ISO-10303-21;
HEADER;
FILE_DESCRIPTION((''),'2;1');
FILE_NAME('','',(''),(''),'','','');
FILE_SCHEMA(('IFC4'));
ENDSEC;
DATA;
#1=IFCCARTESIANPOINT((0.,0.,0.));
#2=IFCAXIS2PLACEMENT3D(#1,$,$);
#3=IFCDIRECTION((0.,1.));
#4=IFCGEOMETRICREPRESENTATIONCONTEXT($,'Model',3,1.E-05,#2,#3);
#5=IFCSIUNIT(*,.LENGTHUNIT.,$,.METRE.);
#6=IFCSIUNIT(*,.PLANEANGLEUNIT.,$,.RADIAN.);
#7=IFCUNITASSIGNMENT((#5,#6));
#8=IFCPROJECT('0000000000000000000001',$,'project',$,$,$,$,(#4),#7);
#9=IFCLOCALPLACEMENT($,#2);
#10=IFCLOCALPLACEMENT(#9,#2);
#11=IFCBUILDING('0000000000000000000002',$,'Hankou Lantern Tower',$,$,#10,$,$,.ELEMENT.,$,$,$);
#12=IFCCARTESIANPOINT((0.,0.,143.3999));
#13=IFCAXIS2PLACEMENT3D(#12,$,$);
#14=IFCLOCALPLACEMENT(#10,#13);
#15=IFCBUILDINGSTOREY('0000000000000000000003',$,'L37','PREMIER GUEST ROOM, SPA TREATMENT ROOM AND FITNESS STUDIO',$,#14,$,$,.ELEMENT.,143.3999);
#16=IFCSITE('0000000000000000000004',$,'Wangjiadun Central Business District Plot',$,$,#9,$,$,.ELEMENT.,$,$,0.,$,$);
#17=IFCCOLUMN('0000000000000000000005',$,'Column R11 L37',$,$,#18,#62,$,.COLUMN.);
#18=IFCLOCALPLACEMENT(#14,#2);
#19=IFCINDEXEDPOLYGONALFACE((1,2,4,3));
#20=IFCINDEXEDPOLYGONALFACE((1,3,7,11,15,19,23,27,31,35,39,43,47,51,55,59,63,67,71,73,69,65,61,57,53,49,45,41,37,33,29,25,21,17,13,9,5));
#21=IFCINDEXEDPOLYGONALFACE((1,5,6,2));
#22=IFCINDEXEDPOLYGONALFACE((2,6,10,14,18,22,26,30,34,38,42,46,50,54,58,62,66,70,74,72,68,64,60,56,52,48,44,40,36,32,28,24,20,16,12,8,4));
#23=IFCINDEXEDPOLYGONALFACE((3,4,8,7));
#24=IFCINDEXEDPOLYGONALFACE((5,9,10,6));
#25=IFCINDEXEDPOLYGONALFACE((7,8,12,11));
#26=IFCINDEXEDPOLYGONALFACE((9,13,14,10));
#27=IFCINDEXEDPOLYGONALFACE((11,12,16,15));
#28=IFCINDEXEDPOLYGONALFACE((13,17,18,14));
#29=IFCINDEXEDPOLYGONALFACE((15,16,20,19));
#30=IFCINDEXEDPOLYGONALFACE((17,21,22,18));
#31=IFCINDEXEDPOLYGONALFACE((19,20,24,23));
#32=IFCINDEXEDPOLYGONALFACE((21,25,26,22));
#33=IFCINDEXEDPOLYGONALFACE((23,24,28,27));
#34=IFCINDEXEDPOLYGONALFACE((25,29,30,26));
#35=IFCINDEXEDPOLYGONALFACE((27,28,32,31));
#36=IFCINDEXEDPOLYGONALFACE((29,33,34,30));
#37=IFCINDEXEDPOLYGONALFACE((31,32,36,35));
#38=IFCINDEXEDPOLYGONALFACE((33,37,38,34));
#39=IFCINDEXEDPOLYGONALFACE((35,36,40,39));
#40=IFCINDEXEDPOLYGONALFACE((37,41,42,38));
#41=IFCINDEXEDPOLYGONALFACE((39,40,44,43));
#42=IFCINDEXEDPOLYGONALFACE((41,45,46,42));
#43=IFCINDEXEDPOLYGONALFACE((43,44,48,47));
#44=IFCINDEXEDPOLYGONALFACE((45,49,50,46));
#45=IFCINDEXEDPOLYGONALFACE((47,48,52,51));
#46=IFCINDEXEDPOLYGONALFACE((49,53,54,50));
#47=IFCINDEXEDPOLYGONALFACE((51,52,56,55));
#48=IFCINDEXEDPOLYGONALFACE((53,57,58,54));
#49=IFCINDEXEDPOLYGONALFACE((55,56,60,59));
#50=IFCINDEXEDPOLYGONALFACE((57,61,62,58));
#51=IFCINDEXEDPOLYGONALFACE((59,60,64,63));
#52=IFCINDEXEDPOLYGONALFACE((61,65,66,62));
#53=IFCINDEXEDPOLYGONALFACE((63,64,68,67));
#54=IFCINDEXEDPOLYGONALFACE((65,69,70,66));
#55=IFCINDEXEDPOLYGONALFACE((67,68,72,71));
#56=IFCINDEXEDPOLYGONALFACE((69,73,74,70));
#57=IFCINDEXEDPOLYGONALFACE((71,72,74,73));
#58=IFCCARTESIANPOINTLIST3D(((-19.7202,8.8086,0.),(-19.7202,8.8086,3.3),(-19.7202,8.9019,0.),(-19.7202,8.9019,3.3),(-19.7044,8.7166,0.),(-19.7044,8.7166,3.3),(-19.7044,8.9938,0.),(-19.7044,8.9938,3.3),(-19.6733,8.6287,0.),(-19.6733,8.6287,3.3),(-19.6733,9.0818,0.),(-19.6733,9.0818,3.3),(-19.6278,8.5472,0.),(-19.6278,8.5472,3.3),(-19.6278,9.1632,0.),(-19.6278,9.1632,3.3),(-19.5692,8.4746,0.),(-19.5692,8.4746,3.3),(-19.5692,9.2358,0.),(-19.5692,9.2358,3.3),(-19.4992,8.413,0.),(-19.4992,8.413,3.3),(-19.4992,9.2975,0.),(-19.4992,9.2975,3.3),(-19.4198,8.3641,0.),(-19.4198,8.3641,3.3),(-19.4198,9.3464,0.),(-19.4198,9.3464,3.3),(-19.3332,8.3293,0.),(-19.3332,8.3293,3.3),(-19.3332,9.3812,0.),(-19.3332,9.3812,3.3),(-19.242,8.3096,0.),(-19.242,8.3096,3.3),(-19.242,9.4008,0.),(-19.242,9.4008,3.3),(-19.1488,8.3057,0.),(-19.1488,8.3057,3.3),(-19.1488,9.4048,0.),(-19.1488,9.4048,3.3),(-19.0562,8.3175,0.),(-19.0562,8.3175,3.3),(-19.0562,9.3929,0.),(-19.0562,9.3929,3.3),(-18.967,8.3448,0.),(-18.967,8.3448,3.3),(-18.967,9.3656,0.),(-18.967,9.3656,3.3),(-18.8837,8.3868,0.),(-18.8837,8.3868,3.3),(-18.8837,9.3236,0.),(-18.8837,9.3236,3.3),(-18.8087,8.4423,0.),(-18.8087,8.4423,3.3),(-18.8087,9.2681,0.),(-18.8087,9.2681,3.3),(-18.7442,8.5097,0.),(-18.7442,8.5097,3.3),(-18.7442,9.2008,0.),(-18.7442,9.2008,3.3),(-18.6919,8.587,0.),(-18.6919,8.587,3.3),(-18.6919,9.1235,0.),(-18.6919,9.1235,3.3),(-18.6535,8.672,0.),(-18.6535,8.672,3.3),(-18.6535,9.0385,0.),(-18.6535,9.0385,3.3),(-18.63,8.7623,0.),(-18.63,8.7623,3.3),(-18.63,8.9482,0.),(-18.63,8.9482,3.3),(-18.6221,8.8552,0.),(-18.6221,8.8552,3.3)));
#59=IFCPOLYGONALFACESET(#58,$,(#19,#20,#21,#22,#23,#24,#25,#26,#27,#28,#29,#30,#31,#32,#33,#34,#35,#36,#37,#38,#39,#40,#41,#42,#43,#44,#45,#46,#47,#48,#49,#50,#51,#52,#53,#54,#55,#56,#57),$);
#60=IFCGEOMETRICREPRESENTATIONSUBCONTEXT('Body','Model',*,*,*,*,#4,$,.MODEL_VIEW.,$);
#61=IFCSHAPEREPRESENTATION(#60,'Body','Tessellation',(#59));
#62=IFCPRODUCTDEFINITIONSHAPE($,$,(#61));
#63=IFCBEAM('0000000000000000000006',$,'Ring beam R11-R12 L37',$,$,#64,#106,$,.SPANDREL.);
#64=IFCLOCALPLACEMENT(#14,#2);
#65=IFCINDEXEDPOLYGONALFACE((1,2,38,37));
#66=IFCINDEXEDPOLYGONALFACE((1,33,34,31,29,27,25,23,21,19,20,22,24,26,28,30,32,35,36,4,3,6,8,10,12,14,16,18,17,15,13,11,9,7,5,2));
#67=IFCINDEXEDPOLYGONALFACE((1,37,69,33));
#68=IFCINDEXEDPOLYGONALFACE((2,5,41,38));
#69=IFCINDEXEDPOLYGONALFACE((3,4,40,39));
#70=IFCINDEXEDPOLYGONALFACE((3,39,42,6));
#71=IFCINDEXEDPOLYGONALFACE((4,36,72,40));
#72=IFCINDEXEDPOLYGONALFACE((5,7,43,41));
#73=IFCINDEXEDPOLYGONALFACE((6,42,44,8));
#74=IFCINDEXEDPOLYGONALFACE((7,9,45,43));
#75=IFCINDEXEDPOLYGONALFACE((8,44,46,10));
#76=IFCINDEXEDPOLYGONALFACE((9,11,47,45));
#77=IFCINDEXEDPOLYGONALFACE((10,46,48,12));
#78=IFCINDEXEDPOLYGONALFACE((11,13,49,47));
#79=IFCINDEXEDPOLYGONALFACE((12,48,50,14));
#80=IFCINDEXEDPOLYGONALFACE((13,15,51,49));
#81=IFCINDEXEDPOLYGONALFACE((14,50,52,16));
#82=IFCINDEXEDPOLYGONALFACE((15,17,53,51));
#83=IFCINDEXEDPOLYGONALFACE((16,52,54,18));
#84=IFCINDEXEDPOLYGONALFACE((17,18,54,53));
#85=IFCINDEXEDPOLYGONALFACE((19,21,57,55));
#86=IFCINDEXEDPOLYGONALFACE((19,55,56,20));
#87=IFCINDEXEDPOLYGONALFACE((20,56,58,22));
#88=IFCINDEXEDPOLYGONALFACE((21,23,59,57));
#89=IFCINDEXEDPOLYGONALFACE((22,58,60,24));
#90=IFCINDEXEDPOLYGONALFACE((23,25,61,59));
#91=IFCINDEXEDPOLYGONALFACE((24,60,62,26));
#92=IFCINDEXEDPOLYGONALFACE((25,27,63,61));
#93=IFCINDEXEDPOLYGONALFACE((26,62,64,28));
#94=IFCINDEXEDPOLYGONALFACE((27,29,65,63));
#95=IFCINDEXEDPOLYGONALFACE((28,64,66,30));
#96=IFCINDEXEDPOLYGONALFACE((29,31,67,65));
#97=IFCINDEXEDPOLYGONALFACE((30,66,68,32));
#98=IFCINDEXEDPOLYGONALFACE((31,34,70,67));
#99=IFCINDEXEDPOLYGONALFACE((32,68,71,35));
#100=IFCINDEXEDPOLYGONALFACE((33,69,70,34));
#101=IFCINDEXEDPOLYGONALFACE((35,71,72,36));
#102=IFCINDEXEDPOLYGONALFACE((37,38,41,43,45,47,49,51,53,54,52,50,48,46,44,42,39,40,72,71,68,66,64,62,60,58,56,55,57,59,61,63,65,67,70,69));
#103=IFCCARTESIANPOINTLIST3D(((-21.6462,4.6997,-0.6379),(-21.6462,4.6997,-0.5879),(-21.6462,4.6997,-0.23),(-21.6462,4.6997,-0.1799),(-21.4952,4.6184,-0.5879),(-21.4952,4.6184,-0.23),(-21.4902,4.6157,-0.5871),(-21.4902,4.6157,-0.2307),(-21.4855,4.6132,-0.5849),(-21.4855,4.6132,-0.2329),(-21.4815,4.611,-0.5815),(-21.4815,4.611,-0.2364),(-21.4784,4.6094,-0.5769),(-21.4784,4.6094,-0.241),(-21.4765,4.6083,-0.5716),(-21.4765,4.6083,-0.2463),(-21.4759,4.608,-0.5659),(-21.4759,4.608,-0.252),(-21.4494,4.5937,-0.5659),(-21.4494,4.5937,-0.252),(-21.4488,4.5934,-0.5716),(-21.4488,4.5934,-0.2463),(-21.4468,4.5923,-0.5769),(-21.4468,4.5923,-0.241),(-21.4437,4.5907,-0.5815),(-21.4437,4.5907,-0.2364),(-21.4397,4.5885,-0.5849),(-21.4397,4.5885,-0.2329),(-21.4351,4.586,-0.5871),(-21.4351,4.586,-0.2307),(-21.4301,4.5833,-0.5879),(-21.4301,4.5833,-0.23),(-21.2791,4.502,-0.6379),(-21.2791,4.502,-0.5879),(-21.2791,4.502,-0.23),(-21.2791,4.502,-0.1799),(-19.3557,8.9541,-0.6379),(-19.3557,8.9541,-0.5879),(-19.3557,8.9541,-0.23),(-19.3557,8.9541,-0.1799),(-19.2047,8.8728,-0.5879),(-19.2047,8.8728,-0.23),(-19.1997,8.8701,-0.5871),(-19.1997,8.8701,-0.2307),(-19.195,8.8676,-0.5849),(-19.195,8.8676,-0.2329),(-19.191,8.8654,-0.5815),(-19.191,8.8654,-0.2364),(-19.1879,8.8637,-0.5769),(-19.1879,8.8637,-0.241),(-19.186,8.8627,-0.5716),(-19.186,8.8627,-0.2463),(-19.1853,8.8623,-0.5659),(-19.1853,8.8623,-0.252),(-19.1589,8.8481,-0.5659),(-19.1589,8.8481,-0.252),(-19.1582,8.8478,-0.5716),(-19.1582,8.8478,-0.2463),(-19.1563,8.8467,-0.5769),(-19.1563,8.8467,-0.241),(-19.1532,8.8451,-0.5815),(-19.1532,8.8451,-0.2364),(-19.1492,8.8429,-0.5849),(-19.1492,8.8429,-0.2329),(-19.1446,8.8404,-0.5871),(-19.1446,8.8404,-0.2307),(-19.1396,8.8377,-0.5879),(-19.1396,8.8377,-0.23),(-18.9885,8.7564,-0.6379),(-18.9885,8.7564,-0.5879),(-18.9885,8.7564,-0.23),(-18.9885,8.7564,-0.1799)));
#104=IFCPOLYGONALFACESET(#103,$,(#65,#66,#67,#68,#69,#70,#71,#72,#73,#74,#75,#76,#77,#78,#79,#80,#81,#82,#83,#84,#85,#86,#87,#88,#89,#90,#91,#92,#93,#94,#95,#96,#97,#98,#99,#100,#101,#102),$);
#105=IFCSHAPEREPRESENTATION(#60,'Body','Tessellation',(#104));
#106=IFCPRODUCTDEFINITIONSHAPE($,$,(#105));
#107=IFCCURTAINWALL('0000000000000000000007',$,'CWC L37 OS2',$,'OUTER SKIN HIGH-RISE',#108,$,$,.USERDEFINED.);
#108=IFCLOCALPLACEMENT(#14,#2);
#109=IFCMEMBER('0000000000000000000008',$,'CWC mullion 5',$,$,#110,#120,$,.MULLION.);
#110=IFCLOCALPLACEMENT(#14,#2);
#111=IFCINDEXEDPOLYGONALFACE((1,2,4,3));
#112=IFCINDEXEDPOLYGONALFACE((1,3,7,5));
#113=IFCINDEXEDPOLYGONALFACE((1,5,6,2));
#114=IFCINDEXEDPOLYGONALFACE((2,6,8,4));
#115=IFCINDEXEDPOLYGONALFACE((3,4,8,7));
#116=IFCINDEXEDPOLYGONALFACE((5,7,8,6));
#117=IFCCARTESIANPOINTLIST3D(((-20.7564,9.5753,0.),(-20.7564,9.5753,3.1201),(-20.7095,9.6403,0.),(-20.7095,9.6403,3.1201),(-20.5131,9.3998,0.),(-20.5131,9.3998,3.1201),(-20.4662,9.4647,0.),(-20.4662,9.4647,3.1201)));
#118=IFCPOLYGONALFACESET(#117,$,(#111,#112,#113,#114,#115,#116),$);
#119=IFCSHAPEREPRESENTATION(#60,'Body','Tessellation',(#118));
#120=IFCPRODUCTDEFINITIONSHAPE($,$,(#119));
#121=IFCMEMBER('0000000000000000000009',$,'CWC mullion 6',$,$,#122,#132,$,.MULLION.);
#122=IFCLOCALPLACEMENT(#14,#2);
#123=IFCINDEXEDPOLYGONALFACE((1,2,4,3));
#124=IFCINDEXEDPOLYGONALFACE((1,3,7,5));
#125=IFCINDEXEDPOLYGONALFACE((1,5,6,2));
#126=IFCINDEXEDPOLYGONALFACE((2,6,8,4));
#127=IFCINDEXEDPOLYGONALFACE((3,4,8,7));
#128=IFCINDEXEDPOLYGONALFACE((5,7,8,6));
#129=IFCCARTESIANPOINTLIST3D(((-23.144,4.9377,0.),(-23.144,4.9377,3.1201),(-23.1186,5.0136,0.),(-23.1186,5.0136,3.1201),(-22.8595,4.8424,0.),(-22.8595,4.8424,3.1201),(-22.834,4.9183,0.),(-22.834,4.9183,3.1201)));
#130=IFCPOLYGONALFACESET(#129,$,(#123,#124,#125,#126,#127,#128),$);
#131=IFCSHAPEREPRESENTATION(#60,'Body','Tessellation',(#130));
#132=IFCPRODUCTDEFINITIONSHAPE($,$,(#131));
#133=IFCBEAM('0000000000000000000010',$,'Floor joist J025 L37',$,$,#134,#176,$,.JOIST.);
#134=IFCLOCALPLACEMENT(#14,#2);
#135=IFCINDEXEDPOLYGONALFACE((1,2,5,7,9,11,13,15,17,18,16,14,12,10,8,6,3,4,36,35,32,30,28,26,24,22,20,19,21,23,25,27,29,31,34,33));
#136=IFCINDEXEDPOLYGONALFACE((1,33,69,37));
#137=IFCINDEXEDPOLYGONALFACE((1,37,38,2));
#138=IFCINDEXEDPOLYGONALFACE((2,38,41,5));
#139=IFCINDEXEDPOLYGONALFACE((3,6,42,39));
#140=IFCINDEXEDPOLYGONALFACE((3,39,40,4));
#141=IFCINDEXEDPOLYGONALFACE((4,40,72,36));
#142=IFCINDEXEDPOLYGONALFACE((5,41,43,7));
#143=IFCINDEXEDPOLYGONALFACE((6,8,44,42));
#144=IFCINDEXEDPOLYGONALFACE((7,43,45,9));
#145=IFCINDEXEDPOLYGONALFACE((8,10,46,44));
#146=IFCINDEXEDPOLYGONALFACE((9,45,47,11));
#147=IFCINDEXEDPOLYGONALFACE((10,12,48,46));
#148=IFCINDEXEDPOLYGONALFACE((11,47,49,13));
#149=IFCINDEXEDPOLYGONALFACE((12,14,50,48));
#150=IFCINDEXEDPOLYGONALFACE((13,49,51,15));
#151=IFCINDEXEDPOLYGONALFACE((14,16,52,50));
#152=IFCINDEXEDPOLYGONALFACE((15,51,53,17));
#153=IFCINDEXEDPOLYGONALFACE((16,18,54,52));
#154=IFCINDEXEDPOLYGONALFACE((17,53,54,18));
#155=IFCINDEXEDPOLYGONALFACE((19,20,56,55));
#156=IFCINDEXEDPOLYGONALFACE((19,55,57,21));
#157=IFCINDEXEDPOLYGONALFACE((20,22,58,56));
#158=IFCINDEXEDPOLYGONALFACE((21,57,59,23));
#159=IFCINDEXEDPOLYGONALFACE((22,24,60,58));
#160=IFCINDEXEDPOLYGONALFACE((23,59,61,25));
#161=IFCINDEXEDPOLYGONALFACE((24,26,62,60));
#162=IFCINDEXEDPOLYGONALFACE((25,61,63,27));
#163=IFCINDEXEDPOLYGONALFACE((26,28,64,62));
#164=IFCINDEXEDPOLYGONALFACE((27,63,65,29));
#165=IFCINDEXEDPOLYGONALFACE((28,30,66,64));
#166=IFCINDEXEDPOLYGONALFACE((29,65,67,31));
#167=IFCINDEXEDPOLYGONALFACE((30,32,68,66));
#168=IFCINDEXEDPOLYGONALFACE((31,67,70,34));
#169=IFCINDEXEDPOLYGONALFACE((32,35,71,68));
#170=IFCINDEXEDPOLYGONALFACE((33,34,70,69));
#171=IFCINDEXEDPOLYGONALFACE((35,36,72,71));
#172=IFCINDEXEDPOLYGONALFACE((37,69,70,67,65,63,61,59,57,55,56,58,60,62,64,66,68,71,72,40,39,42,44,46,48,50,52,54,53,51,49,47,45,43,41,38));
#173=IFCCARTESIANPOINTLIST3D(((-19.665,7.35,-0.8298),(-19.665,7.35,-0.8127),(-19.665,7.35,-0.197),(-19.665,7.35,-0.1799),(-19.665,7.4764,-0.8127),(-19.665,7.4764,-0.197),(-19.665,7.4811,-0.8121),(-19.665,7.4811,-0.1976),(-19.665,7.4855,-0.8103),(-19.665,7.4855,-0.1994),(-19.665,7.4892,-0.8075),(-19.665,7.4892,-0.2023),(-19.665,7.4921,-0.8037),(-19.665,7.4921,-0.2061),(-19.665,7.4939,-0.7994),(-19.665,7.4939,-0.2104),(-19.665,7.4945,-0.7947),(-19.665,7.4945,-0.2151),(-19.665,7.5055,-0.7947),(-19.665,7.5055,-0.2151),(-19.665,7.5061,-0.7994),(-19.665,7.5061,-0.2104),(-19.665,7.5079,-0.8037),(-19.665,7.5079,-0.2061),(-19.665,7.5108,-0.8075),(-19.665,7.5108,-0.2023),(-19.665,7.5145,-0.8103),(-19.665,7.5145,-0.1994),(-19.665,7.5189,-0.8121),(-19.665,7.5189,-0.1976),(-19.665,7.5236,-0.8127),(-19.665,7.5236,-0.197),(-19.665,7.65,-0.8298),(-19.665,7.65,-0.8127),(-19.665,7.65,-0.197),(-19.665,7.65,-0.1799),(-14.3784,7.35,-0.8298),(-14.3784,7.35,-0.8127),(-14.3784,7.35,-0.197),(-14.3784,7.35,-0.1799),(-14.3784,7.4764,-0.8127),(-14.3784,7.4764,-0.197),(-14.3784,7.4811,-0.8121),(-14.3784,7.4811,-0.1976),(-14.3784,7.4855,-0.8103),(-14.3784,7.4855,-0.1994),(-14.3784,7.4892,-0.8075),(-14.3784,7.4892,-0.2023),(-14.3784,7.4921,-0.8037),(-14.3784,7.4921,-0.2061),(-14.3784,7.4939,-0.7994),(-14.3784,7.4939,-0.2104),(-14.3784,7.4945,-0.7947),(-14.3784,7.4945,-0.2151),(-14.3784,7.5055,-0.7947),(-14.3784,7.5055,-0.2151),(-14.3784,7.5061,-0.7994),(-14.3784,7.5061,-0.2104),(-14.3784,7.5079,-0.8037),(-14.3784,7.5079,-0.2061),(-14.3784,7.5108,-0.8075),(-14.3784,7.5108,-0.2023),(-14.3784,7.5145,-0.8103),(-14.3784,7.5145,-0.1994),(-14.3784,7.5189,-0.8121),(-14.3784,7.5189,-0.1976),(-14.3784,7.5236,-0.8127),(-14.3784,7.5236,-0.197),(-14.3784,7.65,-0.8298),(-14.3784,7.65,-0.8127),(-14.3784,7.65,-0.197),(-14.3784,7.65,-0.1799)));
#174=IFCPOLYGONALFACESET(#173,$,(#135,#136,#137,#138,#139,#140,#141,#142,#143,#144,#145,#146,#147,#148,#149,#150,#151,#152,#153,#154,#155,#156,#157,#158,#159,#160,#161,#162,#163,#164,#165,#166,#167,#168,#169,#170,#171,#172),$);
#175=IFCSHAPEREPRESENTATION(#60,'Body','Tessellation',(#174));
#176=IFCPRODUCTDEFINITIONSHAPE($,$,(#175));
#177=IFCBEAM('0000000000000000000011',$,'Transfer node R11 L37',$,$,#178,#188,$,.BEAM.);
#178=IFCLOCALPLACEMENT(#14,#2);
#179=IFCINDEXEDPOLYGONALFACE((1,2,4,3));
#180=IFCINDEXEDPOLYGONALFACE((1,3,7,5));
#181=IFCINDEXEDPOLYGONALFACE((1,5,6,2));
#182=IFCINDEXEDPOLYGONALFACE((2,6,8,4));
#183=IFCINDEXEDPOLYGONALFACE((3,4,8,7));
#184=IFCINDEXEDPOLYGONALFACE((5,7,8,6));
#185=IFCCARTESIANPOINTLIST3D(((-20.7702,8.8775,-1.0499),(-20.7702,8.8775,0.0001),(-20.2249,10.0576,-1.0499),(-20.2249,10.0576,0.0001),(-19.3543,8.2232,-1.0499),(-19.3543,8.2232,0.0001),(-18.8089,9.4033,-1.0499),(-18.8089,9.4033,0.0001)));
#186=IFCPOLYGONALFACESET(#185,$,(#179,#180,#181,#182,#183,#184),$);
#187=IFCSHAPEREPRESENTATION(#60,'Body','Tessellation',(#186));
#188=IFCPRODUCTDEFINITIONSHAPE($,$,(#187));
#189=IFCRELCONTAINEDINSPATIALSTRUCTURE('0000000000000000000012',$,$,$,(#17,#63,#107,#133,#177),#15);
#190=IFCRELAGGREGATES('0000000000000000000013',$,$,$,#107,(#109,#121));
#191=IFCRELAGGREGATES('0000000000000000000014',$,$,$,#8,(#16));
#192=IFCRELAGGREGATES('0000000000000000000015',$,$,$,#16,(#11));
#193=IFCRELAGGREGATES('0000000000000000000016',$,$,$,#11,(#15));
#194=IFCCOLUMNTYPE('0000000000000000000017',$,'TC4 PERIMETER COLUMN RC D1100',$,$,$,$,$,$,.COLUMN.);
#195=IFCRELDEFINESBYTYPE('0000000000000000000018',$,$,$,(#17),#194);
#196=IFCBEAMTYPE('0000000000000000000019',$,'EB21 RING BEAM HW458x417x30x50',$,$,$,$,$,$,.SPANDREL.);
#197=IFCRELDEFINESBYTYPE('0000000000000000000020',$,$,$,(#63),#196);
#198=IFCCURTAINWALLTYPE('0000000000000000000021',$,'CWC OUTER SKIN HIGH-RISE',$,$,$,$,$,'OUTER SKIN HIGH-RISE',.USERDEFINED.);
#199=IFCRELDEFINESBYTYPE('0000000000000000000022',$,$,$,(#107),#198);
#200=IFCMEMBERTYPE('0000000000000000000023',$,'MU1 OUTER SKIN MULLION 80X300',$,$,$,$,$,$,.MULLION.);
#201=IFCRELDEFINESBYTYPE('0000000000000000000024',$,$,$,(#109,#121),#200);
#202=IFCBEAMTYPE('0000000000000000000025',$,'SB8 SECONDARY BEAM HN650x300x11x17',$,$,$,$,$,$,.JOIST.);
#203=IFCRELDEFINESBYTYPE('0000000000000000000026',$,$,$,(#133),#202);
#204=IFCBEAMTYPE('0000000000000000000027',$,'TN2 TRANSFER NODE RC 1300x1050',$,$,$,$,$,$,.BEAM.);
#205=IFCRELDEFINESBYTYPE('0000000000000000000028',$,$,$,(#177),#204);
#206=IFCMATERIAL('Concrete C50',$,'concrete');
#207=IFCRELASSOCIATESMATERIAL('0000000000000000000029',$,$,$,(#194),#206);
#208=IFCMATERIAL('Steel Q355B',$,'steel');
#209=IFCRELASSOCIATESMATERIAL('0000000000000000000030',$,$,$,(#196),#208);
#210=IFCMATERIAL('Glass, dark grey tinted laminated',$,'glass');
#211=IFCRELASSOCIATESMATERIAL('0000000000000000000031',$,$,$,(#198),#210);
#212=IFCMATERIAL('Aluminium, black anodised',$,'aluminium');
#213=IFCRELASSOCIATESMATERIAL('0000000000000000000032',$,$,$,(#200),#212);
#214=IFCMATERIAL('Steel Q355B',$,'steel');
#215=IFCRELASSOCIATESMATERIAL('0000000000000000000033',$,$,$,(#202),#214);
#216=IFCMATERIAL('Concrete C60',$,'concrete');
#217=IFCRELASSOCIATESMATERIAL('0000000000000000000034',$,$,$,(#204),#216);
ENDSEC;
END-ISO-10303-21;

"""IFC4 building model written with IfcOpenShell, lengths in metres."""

from ifc_helpers import new_model, si_unit, direction, frame, origin, origin_2d, place, context, subcontext, project, spatial, rectangle, circle, i_section, extrude, material, material_profile, profile_set, type_object, element, aggregate, save


model = new_model("IFC4")

# Units and contexts
model_context = context("Model", 3, precision=1e-05, world=origin(), true_north=direction((0.0, 1.0)))
body_context = subcontext(model_context, "Body", "Model", "MODEL_VIEW")
ifc_project = project(units=[si_unit("LENGTHUNIT", "METRE"), si_unit("PLANEANGLEUNIT", "RADIAN")], contexts=[model_context])

# Site, building, storey
site_placement = place(None, origin())
site = spatial("IfcSite", under=ifc_project, at=site_placement, Name="Wangjiadun Central Business District Plot", CompositionType="ELEMENT", RefElevation=0.0)
building_placement = place(site_placement, origin())
building = spatial("IfcBuilding", under=site, at=building_placement, Name="Hankou Lantern Tower", CompositionType="ELEMENT")
storey_placement = place(building_placement, frame((0.0, 0.0, 143.3999)))
storey = spatial("IfcBuildingStorey", under=building, at=storey_placement, Name="L37", Description="PREMIER GUEST ROOM, SPA TREATMENT ROOM AND FITNESS STUDIO", CompositionType="ELEMENT", Elevation=143.3999)

# Column
ifc_material_1 = material(Name="Concrete C50", Category="concrete")
ifc_material_profile_1 = material_profile(ifc_material_1, circle(Radius=0.55, at=origin_2d()), Name="RC D1100")
ifc_profile_set_1 = profile_set([ifc_material_profile_1], Name="Concrete C50")
column_type = type_object("IfcColumnType", Name="TC4 PERIMETER COLUMN RC D1100", PredefinedType="COLUMN", material=ifc_profile_set_1)
column_placement = place(storey_placement, frame((-19.1721, 8.8552, 0.0), z_axis=(0.0, 0.0, 1.0), x_axis=(1.0, 0.0, 0.0)))
element("IfcColumn", 1, at=column_placement, inside=storey, type_object=column_type, Name="Column R11 L37", PredefinedType="COLUMN", context=body_context, shape_type="SweptSolid", body=[
    extrude(circle(Radius=0.55, at=origin_2d()), origin(), (0.0, 0.0, 1.0), 3.3),
])

# Beam
ifc_material_2 = material(Name="Steel Q355B", Category="steel")
ifc_material_profile_2 = material_profile(ifc_material_2, i_section(OverallWidth=0.417, OverallDepth=0.458, WebThickness=0.03, FlangeThickness=0.05, FilletRadius=0.022, at=origin_2d()), Name="HW458x417x30x50")
ifc_profile_set_2 = profile_set([ifc_material_profile_2], Name="Steel Q355B")
beam_type_1 = type_object("IfcBeamType", Name="EB21 RING BEAM HW458x417x30x50", PredefinedType="SPANDREL", material=ifc_profile_set_2)
beam_1_placement = place(storey_placement, frame((-19.1721, 8.8552, -0.4089), z_axis=(-0.474052, -0.880497, 0.0), x_axis=(0.880497, -0.474052, 0.0)))
element("IfcBeam", 2, at=beam_1_placement, inside=storey, type_object=beam_type_1, Name="Ring beam R11-R12 L37", PredefinedType="SPANDREL", context=body_context, shape_type="SweptSolid", body=[
    extrude(i_section(OverallWidth=0.417, OverallDepth=0.458, WebThickness=0.03, FlangeThickness=0.05, FilletRadius=0.022, at=origin_2d()), origin(), (0.0, 0.0, 1.0), 4.8318),
])

# Curtain wall, members
ifc_material_3 = material(Name="Glass, dark grey tinted laminated", Category="glass")
curtain_wall_type = type_object("IfcCurtainWallType", Name="CWC OUTER SKIN HIGH-RISE", ElementType="OUTER SKIN HIGH-RISE", PredefinedType="USERDEFINED", material=ifc_material_3)
curtain_wall_placement = place(storey_placement, origin())
curtain_wall = element("IfcCurtainWall", 3, at=curtain_wall_placement, inside=storey, type_object=curtain_wall_type, Name="CWC L37 OS2", ObjectType="OUTER SKIN HIGH-RISE", PredefinedType="USERDEFINED")
ifc_material_4 = material(Name="Aluminium, black anodised", Category="aluminium")
ifc_material_profile_3 = material_profile(ifc_material_4, rectangle(XDim=0.0801, YDim=0.3, at=origin_2d()), Name="MU1 80X300")
ifc_profile_set_3 = profile_set([ifc_material_profile_3], Name="Aluminium, black anodised")
member_type_1 = type_object("IfcMemberType", Name="MU1 OUTER SKIN MULLION 80X300", PredefinedType="MULLION", material=ifc_profile_set_3)
member_1_placement = place(storey_placement, frame((-20.6113, 9.52, 0.0), z_axis=(0.0, 0.0, 1.0), x_axis=(-0.585206, -0.810885, 0.0)))
member_1 = element("IfcMember", 4, at=member_1_placement, type_object=member_type_1, Name="CWC mullion 5", PredefinedType="MULLION", context=body_context, shape_type="SweptSolid", body=[
    extrude(rectangle(XDim=0.0801, YDim=0.3, at=origin_2d()), origin(), (0.0, 0.0, 1.0), 3.1201),
])
member_2_placement = place(storey_placement, frame((-22.989, 4.928, 0.0), z_axis=(0.0, 0.0, 1.0), x_axis=(-0.317596, -0.948226, 0.0)))
member_2 = element("IfcMember", 5, at=member_2_placement, type_object=member_type_1, Name="CWC mullion 6", PredefinedType="MULLION", context=body_context, shape_type="SweptSolid", body=[
    extrude(rectangle(XDim=0.0801, YDim=0.3, at=origin_2d()), origin(), (0.0, 0.0, 1.0), 3.1201),
])

# Beams
ifc_material_5 = material(Name="Steel Q355B", Category="steel")
ifc_material_profile_4 = material_profile(ifc_material_5, i_section(OverallWidth=0.3, OverallDepth=0.6499, WebThickness=0.011, FlangeThickness=0.0171, FilletRadius=0.0181, at=origin_2d()), Name="HN650x300x11x17")
ifc_profile_set_4 = profile_set([ifc_material_profile_4], Name="Steel Q355B")
beam_type_2 = type_object("IfcBeamType", Name="SB8 SECONDARY BEAM HN650x300x11x17", PredefinedType="JOIST", material=ifc_profile_set_4)
beam_2_placement = place(storey_placement, frame((-19.665, 7.5, -0.5049), z_axis=(1.0, 0.0, 0.0), x_axis=(0.0, 1.0, 0.0)))
element("IfcBeam", 6, at=beam_2_placement, inside=storey, type_object=beam_type_2, Name="Floor joist J025 L37", PredefinedType="JOIST", context=body_context, shape_type="SweptSolid", body=[
    extrude(i_section(OverallWidth=0.3, OverallDepth=0.6499, WebThickness=0.011, FlangeThickness=0.0171, FilletRadius=0.0181, at=origin_2d()), origin(), (0.0, 0.0, 1.0), 5.2866),
])
ifc_material_6 = material(Name="Concrete C60", Category="concrete")
ifc_material_profile_5 = material_profile(ifc_material_6, rectangle(XDim=1.3, YDim=1.05, at=origin_2d()), Name="RC 1300x1050")
ifc_profile_set_5 = profile_set([ifc_material_profile_5], Name="Concrete C60")
beam_type_3 = type_object("IfcBeamType", Name="TN2 TRANSFER NODE RC 1300x1050", PredefinedType="BEAM", material=ifc_profile_set_5)
beam_3_placement = place(storey_placement, frame((-20.4976, 9.4675, -0.5249), z_axis=(0.907776, -0.419455, 0.0), x_axis=(0.419455, 0.907776, 0.0)))
element("IfcBeam", 7, at=beam_3_placement, inside=storey, type_object=beam_type_3, Name="Transfer node R11 L37", PredefinedType="BEAM", context=body_context, shape_type="SweptSolid", body=[
    extrude(rectangle(XDim=1.3, YDim=1.05, at=origin_2d()), origin(), (0.0, 0.0, 1.0), 1.5598),
])

aggregate(curtain_wall, [member_1, member_2])

save(model, "model.ifc")
